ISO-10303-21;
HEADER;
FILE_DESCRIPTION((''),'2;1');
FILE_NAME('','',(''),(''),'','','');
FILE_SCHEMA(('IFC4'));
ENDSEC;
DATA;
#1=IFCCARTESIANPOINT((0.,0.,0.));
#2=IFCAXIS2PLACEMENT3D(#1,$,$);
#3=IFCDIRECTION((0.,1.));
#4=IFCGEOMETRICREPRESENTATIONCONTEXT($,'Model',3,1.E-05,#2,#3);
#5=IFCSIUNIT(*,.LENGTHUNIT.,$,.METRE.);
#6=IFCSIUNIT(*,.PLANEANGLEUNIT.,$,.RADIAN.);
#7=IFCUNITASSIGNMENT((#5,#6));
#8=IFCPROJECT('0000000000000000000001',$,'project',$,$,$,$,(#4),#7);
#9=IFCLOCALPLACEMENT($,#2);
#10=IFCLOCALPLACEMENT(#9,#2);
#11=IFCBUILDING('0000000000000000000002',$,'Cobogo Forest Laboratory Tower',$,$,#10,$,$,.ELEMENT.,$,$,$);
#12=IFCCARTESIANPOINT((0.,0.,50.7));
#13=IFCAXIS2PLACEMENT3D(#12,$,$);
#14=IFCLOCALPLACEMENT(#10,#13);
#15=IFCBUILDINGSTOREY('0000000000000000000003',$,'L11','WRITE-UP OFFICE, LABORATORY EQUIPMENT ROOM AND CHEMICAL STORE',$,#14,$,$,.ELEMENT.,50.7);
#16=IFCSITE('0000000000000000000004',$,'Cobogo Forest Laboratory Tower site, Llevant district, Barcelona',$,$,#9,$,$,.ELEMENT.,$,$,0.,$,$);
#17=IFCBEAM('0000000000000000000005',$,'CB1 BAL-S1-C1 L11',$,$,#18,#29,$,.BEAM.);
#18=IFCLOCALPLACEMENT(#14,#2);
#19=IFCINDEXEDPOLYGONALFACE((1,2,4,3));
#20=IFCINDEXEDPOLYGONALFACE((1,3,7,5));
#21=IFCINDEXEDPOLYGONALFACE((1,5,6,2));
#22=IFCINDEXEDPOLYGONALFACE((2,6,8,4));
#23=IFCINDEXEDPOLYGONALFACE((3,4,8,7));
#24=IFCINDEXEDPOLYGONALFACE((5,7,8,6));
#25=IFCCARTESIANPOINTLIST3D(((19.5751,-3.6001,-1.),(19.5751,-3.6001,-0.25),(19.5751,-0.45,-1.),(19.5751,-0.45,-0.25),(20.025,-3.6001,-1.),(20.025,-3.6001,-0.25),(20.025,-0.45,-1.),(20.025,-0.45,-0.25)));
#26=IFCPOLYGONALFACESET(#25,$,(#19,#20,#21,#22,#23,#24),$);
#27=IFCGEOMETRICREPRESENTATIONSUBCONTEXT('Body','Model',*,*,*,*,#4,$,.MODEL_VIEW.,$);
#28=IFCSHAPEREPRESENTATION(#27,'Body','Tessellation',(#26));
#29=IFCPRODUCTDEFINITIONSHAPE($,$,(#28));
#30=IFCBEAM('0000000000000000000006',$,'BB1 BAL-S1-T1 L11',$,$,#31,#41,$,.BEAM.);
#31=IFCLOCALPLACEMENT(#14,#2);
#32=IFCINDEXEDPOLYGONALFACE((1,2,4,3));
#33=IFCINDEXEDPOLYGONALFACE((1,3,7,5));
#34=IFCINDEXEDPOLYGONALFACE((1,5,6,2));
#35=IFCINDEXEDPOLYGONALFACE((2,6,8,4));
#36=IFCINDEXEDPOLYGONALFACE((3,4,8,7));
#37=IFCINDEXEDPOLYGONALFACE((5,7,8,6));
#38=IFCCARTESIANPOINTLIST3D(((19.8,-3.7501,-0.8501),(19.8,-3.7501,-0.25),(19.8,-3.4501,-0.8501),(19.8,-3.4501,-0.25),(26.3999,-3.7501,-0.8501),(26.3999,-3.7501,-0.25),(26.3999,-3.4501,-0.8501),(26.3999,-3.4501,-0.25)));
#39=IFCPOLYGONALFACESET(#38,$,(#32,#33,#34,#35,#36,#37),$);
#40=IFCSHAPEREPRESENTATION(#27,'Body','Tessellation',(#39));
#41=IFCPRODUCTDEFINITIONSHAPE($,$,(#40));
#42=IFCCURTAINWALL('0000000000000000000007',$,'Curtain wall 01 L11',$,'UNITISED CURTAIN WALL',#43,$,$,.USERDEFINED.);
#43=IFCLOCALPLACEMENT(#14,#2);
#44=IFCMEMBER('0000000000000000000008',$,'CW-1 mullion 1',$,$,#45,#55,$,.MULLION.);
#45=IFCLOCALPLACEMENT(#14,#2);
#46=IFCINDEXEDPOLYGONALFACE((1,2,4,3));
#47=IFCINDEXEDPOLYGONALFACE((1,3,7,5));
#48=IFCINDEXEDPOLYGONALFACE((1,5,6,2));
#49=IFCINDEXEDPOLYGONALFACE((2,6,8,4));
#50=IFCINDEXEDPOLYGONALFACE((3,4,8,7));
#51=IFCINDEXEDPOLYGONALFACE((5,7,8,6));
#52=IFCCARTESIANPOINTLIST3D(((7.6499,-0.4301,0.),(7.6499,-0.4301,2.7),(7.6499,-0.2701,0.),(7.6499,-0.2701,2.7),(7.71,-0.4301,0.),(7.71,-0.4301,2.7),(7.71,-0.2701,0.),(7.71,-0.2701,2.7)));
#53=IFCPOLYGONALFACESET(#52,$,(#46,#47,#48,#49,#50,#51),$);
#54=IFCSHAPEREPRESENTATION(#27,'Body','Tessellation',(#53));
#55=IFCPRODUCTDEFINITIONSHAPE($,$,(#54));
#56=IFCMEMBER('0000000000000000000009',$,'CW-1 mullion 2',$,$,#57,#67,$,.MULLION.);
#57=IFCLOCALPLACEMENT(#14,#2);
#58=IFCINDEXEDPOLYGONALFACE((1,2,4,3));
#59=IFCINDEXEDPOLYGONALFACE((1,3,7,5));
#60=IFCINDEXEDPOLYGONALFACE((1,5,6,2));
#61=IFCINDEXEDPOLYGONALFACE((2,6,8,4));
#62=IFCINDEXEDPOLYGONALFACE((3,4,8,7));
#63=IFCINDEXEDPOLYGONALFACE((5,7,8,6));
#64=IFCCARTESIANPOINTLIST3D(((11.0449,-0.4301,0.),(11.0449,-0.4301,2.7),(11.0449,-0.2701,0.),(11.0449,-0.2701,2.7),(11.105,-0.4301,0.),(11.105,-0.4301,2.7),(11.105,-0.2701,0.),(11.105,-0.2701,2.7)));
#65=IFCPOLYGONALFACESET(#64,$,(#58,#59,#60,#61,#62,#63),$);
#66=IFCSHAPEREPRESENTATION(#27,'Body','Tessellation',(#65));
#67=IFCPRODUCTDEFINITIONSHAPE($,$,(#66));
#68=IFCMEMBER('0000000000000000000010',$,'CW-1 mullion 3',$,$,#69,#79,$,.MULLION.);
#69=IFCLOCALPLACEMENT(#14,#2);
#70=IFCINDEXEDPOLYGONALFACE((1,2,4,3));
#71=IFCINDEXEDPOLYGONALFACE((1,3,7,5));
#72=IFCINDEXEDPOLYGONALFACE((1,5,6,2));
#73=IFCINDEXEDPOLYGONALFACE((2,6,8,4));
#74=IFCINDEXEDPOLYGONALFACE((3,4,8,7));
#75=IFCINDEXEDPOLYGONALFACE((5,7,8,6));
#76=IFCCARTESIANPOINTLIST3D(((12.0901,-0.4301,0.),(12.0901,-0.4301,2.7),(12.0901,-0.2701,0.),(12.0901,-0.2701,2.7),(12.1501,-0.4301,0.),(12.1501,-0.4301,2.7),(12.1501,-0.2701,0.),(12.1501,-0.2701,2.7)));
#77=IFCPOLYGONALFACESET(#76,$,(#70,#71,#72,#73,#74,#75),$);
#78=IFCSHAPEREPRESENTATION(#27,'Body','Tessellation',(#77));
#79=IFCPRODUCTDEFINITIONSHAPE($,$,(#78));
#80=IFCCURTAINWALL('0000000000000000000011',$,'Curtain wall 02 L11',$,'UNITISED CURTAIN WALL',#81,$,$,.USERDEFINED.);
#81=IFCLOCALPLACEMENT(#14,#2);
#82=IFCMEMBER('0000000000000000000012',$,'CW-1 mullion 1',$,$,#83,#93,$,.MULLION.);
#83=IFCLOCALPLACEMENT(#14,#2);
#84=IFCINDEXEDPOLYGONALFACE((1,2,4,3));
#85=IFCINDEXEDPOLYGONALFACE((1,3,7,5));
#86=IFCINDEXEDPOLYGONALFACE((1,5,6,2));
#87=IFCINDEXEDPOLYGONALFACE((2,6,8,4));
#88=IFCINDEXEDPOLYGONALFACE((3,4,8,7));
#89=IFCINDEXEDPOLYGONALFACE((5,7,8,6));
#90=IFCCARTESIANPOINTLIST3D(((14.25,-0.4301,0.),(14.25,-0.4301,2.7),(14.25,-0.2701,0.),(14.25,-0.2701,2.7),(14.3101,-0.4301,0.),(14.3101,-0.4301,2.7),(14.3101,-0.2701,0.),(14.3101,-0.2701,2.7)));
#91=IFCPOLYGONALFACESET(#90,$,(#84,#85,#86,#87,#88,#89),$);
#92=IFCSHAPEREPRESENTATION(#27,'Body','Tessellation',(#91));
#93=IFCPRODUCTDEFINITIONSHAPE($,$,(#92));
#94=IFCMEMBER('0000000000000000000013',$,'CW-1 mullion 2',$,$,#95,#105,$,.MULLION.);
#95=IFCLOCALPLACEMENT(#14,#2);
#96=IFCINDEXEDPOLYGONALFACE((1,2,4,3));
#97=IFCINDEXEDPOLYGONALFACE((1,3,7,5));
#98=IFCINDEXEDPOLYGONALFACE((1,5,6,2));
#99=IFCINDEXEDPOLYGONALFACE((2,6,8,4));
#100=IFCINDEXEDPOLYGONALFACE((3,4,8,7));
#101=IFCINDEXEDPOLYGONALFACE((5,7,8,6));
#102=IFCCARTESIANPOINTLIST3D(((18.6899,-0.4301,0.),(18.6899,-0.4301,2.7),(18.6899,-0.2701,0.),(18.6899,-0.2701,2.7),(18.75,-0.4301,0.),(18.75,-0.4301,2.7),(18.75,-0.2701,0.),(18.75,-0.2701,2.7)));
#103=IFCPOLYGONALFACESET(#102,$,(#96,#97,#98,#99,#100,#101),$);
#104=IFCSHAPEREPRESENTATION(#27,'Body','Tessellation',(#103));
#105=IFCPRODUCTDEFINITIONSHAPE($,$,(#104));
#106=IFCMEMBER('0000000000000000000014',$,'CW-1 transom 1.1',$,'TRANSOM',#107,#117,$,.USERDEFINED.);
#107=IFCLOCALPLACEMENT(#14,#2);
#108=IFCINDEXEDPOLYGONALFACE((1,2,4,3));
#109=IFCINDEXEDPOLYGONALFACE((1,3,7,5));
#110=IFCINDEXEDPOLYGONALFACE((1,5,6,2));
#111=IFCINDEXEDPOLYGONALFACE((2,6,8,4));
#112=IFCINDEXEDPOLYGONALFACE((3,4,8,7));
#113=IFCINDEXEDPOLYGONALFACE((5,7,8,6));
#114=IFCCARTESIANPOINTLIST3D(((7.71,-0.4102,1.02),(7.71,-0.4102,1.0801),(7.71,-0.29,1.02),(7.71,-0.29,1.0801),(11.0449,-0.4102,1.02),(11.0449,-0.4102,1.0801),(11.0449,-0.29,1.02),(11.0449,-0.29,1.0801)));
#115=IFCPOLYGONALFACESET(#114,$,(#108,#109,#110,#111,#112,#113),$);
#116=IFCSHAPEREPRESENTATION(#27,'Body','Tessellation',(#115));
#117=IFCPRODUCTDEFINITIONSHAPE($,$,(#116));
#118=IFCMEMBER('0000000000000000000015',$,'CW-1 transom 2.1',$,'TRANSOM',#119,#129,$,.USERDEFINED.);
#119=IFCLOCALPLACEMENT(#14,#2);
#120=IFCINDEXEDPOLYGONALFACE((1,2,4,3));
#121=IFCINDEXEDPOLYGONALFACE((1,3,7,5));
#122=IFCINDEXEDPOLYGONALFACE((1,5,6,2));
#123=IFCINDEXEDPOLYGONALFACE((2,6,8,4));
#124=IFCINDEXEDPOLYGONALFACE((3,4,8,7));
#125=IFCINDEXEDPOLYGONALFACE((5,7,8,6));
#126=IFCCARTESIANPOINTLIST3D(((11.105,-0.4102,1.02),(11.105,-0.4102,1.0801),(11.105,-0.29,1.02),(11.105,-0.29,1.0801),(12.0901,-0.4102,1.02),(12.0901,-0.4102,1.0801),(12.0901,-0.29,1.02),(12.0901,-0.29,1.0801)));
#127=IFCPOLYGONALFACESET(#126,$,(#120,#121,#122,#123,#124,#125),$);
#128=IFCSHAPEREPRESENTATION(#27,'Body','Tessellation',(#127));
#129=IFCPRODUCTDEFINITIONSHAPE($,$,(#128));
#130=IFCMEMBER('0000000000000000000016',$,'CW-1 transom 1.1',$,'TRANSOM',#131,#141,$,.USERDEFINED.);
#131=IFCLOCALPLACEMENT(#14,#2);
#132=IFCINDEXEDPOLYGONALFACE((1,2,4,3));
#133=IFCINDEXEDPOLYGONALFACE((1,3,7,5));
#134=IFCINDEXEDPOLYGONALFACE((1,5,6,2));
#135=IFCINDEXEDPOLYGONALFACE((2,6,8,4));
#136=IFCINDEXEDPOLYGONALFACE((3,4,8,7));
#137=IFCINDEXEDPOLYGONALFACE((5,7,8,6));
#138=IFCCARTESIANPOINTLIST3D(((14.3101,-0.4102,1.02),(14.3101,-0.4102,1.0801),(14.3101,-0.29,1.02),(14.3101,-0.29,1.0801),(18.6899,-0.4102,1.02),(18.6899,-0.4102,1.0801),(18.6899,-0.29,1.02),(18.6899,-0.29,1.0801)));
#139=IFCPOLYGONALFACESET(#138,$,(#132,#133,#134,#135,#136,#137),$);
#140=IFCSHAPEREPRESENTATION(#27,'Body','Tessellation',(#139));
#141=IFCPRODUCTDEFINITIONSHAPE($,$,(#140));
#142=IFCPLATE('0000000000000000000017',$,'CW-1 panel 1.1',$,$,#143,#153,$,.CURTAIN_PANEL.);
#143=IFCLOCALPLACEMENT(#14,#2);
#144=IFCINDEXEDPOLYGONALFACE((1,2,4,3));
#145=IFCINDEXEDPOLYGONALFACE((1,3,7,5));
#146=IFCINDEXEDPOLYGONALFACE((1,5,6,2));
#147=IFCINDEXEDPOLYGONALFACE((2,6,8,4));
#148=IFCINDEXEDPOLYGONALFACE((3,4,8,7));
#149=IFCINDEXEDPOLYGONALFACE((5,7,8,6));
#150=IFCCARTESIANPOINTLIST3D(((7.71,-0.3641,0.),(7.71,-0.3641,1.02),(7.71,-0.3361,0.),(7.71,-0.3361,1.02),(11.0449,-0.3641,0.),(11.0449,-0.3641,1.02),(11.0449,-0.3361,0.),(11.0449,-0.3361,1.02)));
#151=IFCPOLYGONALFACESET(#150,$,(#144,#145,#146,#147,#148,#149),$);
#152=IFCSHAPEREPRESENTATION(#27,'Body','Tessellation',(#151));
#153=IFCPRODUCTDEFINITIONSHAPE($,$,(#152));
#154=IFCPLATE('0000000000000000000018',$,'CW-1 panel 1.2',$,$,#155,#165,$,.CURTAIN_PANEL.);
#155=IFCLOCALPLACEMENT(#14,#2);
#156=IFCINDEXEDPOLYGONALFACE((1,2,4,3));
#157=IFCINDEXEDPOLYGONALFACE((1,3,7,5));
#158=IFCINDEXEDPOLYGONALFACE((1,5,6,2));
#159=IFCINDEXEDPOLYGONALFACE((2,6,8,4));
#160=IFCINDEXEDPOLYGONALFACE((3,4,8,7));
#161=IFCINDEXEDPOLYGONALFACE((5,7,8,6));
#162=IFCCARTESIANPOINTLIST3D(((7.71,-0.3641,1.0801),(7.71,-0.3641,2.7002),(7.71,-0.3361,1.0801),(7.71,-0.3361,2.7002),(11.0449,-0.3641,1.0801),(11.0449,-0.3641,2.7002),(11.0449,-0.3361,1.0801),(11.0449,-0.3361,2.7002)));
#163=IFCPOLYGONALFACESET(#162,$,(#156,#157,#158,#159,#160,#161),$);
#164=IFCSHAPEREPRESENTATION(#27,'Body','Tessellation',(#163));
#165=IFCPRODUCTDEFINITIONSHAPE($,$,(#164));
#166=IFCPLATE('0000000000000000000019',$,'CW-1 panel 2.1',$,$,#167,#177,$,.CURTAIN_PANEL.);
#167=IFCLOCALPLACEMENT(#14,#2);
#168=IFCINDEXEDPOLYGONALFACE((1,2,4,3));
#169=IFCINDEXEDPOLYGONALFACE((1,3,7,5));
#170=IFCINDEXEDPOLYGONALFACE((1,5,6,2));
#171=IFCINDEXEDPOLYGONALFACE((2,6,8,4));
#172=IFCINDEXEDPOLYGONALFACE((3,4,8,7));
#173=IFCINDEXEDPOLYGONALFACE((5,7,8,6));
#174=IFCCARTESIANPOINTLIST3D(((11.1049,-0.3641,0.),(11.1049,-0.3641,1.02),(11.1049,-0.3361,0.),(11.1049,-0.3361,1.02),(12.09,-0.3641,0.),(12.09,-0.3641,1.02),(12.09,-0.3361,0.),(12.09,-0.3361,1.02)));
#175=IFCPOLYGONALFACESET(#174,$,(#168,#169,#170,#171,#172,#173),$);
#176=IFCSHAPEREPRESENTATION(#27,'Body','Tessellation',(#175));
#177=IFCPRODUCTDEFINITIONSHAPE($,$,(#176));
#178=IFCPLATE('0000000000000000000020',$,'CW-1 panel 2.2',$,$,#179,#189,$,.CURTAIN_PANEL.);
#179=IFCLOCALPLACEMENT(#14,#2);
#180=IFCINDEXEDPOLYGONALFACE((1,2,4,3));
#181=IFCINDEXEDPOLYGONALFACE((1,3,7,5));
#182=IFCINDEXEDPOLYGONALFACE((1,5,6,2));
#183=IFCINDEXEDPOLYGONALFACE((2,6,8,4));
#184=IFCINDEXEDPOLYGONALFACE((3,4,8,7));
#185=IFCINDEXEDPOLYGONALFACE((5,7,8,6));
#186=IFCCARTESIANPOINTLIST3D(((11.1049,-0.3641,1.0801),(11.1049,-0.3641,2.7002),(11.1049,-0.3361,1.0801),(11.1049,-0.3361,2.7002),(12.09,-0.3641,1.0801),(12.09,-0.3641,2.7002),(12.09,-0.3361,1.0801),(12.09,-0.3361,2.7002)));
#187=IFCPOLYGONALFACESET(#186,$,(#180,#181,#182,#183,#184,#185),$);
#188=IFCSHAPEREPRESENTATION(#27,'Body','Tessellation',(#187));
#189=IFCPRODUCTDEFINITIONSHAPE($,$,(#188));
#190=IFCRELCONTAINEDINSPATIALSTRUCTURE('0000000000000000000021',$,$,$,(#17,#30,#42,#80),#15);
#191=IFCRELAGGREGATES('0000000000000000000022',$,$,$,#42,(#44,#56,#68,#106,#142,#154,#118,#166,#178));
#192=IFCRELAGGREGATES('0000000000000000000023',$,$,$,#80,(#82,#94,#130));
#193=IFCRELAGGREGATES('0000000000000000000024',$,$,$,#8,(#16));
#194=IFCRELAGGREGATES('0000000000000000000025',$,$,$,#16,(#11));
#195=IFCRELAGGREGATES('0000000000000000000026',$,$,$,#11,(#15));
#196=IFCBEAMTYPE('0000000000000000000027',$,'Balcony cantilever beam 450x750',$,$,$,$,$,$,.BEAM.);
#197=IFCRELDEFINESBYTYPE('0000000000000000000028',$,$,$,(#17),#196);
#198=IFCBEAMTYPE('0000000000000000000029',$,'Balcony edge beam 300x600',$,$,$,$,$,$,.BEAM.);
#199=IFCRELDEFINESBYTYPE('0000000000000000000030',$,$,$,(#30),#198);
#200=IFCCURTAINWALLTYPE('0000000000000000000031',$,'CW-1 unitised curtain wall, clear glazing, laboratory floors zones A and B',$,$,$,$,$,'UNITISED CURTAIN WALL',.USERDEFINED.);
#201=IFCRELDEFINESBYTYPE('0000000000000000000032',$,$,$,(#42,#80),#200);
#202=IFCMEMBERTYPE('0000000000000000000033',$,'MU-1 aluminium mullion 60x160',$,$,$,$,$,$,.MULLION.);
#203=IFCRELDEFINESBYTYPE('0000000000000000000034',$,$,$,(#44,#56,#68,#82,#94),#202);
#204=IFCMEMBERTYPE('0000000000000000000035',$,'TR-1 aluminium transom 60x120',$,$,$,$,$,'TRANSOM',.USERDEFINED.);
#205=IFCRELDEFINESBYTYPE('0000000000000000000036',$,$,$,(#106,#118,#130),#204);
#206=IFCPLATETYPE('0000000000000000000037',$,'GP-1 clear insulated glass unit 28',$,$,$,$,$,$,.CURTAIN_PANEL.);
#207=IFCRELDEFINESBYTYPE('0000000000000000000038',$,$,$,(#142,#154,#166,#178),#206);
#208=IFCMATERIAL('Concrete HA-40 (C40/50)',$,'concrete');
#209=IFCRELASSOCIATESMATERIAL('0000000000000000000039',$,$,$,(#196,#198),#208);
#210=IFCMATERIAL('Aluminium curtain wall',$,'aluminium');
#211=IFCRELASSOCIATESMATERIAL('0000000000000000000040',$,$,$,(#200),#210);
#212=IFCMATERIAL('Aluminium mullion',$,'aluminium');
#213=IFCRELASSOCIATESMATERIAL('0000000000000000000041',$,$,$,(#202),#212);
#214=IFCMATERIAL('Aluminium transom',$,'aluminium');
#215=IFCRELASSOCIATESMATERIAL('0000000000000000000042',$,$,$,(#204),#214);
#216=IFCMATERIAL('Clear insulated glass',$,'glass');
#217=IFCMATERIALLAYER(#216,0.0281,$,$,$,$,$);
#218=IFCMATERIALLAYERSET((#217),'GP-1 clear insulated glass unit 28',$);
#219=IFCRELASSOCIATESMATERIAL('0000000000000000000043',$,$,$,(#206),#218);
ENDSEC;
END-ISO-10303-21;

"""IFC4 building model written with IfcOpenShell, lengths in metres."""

from ifc_helpers import new_model, si_unit, direction, frame, origin, origin_2d, place, context, subcontext, project, spatial, rectangle, extrude, material, layer, layer_set, material_profile, profile_set, type_object, element, aggregate, save


model = new_model("IFC4")

# Units and contexts
model_context = context("Model", 3, precision=1e-05, world=origin(), true_north=direction((0.0, 1.0)))
body_context = subcontext(model_context, "Body", "Model", "MODEL_VIEW")
ifc_project = project(units=[si_unit("LENGTHUNIT", "METRE"), si_unit("PLANEANGLEUNIT", "RADIAN")], contexts=[model_context])

# Site, building, storey
site_placement = place(None, origin())
site = spatial("IfcSite", under=ifc_project, at=site_placement, Name="Cobogo Forest Laboratory Tower site, Llevant district, Barcelona", CompositionType="ELEMENT", RefElevation=0.0)
building_placement = place(site_placement, origin())
building = spatial("IfcBuilding", under=site, at=building_placement, Name="Cobogo Forest Laboratory Tower", CompositionType="ELEMENT")
storey_placement = place(building_placement, frame((0.0, 0.0, 50.7)))
storey = spatial("IfcBuildingStorey", under=building, at=storey_placement, Name="L11", Description="WRITE-UP OFFICE, LABORATORY EQUIPMENT ROOM AND CHEMICAL STORE", CompositionType="ELEMENT", Elevation=50.7)

# Beams
ifc_material_1 = material(Name="Concrete HA-40 (C40/50)", Category="concrete")
ifc_material_profile_1 = material_profile(ifc_material_1, rectangle(XDim=0.45, YDim=0.75, at=origin_2d()), Name="RC 450x750")
ifc_profile_set_1 = profile_set([ifc_material_profile_1], Name="Concrete HA-40 (C40/50)")
beam_type_1 = type_object("IfcBeamType", Name="Balcony cantilever beam 450x750", PredefinedType="BEAM", material=ifc_profile_set_1)
beam_1_placement = place(storey_placement, frame((19.8, -0.45, -0.625), z_axis=(0.0, -1.0, 0.0), x_axis=(1.0, 0.0, 0.0)))
element("IfcBeam", 1, at=beam_1_placement, inside=storey, type_object=beam_type_1, Name="CB1 BAL-S1-C1 L11", PredefinedType="BEAM", context=body_context, shape_type="SweptSolid", body=[
    extrude(rectangle(XDim=0.45, YDim=0.75, at=origin_2d()), origin(), (0.0, 0.0, 1.0), 3.1501),
])
ifc_material_profile_2 = material_profile(ifc_material_1, rectangle(XDim=0.3, YDim=0.6001, at=origin_2d()), Name="RC 300x600")
ifc_profile_set_2 = profile_set([ifc_material_profile_2], Name="Concrete HA-40 (C40/50)")
beam_type_2 = type_object("IfcBeamType", Name="Balcony edge beam 300x600", PredefinedType="BEAM", material=ifc_profile_set_2)
beam_2_placement = place(storey_placement, frame((19.8, -3.6001, -0.55), z_axis=(1.0, 0.0, 0.0), x_axis=(0.0, 1.0, 0.0)))
element("IfcBeam", 2, at=beam_2_placement, inside=storey, type_object=beam_type_2, Name="BB1 BAL-S1-T1 L11", PredefinedType="BEAM", context=body_context, shape_type="SweptSolid", body=[
    extrude(rectangle(XDim=0.3, YDim=0.6001, at=origin_2d()), origin(), (0.0, 0.0, 1.0), 6.5999),
])

# Curtain walls, members
ifc_material_2 = material(Name="Aluminium curtain wall", Category="aluminium")
curtain_wall_type = type_object("IfcCurtainWallType", Name="CW-1 unitised curtain wall, clear glazing, laboratory floors zones A and B", ElementType="UNITISED CURTAIN WALL", PredefinedType="USERDEFINED", material=ifc_material_2)
curtain_wall_1_placement = place(storey_placement, origin())
curtain_wall_1 = element("IfcCurtainWall", 3, at=curtain_wall_1_placement, inside=storey, type_object=curtain_wall_type, Name="Curtain wall 01 L11", ObjectType="UNITISED CURTAIN WALL", PredefinedType="USERDEFINED")
ifc_material_3 = material(Name="Aluminium mullion", Category="aluminium")
ifc_material_profile_3 = material_profile(ifc_material_3, rectangle(XDim=0.0601, YDim=0.1599, at=origin_2d()), Name="AL 60x160")
ifc_profile_set_3 = profile_set([ifc_material_profile_3], Name="Aluminium mullion")
member_type_1 = type_object("IfcMemberType", Name="MU-1 aluminium mullion 60x160", PredefinedType="MULLION", material=ifc_profile_set_3)
member_1_placement = place(storey_placement, frame((7.6799, -0.3501, 0.0), z_axis=(0.0, 0.0, 1.0), x_axis=(1.0, 0.0, 0.0)))
member_1 = element("IfcMember", 4, at=member_1_placement, type_object=member_type_1, Name="CW-1 mullion 1", PredefinedType="MULLION", context=body_context, shape_type="SweptSolid", body=[
    extrude(rectangle(XDim=0.0601, YDim=0.1599, at=origin_2d()), origin(), (0.0, 0.0, 1.0), 2.7),
])
member_2_placement = place(storey_placement, frame((11.075, -0.3501, 0.0), z_axis=(0.0, 0.0, 1.0), x_axis=(1.0, 0.0, 0.0)))
member_2 = element("IfcMember", 5, at=member_2_placement, type_object=member_type_1, Name="CW-1 mullion 2", PredefinedType="MULLION", context=body_context, shape_type="SweptSolid", body=[
    extrude(rectangle(XDim=0.0601, YDim=0.1599, at=origin_2d()), origin(), (0.0, 0.0, 1.0), 2.7),
])
member_3_placement = place(storey_placement, frame((12.1201, -0.3501, 0.0), z_axis=(0.0, 0.0, 1.0), x_axis=(1.0, 0.0, 0.0)))
member_3 = element("IfcMember", 6, at=member_3_placement, type_object=member_type_1, Name="CW-1 mullion 3", PredefinedType="MULLION", context=body_context, shape_type="SweptSolid", body=[
    extrude(rectangle(XDim=0.0601, YDim=0.1599, at=origin_2d()), origin(), (0.0, 0.0, 1.0), 2.7),
])
curtain_wall_2_placement = place(storey_placement, origin())
curtain_wall_2 = element("IfcCurtainWall", 7, at=curtain_wall_2_placement, inside=storey, type_object=curtain_wall_type, Name="Curtain wall 02 L11", ObjectType="UNITISED CURTAIN WALL", PredefinedType="USERDEFINED")
member_4_placement = place(storey_placement, frame((14.28, -0.3501, 0.0), z_axis=(0.0, 0.0, 1.0), x_axis=(1.0, 0.0, 0.0)))
member_4 = element("IfcMember", 8, at=member_4_placement, type_object=member_type_1, Name="CW-1 mullion 1", PredefinedType="MULLION", context=body_context, shape_type="SweptSolid", body=[
    extrude(rectangle(XDim=0.0601, YDim=0.1599, at=origin_2d()), origin(), (0.0, 0.0, 1.0), 2.7),
])
member_5_placement = place(storey_placement, frame((18.72, -0.3501, 0.0), z_axis=(0.0, 0.0, 1.0), x_axis=(1.0, 0.0, 0.0)))
member_5 = element("IfcMember", 9, at=member_5_placement, type_object=member_type_1, Name="CW-1 mullion 2", PredefinedType="MULLION", context=body_context, shape_type="SweptSolid", body=[
    extrude(rectangle(XDim=0.0601, YDim=0.1599, at=origin_2d()), origin(), (0.0, 0.0, 1.0), 2.7),
])

# Members
ifc_material_4 = material(Name="Aluminium transom", Category="aluminium")
ifc_material_profile_4 = material_profile(ifc_material_4, rectangle(XDim=0.1201, YDim=0.0601, at=origin_2d()), Name="AL 60x120")
ifc_profile_set_4 = profile_set([ifc_material_profile_4], Name="Aluminium transom")
member_type_2 = type_object("IfcMemberType", Name="TR-1 aluminium transom 60x120", ElementType="TRANSOM", PredefinedType="USERDEFINED", material=ifc_profile_set_4)
member_6_placement = place(storey_placement, frame((7.71, -0.3501, 1.05), z_axis=(1.0, 0.0, 0.0), x_axis=(0.0, 1.0, 0.0)))
member_6 = element("IfcMember", 10, at=member_6_placement, type_object=member_type_2, Name="CW-1 transom 1.1", ObjectType="TRANSOM", PredefinedType="USERDEFINED", context=body_context, shape_type="SweptSolid", body=[
    extrude(rectangle(XDim=0.1201, YDim=0.0601, at=origin_2d()), origin(), (0.0, 0.0, 1.0), 3.335),
])
member_7_placement = place(storey_placement, frame((11.105, -0.3501, 1.05), z_axis=(1.0, 0.0, 0.0), x_axis=(0.0, 1.0, 0.0)))
member_7 = element("IfcMember", 11, at=member_7_placement, type_object=member_type_2, Name="CW-1 transom 2.1", ObjectType="TRANSOM", PredefinedType="USERDEFINED", context=body_context, shape_type="SweptSolid", body=[
    extrude(rectangle(XDim=0.1201, YDim=0.0601, at=origin_2d()), origin(), (0.0, 0.0, 1.0), 0.9851),
])
member_8_placement = place(storey_placement, frame((14.3101, -0.3501, 1.05), z_axis=(1.0, 0.0, 0.0), x_axis=(0.0, 1.0, 0.0)))
member_8 = element("IfcMember", 12, at=member_8_placement, type_object=member_type_2, Name="CW-1 transom 1.1", ObjectType="TRANSOM", PredefinedType="USERDEFINED", context=body_context, shape_type="SweptSolid", body=[
    extrude(rectangle(XDim=0.1201, YDim=0.0601, at=origin_2d()), origin(), (0.0, 0.0, 1.0), 4.3799),
])

# Plates
ifc_material_5 = material(Name="Clear insulated glass", Category="glass")
ifc_layer = layer(ifc_material_5, 0.0281)
ifc_layer_set = layer_set([ifc_layer], Name="GP-1 clear insulated glass unit 28")
plate_type_1 = type_object("IfcPlateType", Name="GP-1 clear insulated glass unit 28", PredefinedType="CURTAIN_PANEL", material=ifc_layer_set)
plate_1_placement = place(storey_placement, frame((9.3774, -0.3501, 0.0), z_axis=(0.0, 0.0, 1.0), x_axis=(1.0, 0.0, 0.0)))
plate_1 = element("IfcPlate", 13, at=plate_1_placement, type_object=plate_type_1, Name="CW-1 panel 1.1", PredefinedType="CURTAIN_PANEL", context=body_context, shape_type="SweptSolid", body=[
    extrude(rectangle(XDim=3.335, YDim=0.0281, at=origin_2d()), origin(), (0.0, 0.0, 1.0), 1.02),
])
plate_2_placement = place(storey_placement, frame((9.3774, -0.3501, 1.0801), z_axis=(0.0, 0.0, 1.0), x_axis=(1.0, 0.0, 0.0)))
plate_2 = element("IfcPlate", 14, at=plate_2_placement, type_object=plate_type_1, Name="CW-1 panel 1.2", PredefinedType="CURTAIN_PANEL", context=body_context, shape_type="SweptSolid", body=[
    extrude(rectangle(XDim=3.335, YDim=0.0281, at=origin_2d()), origin(), (0.0, 0.0, 1.0), 1.6201),
])
plate_3_placement = place(storey_placement, frame((11.5974, -0.3501, 0.0), z_axis=(0.0, 0.0, 1.0), x_axis=(1.0, 0.0, 0.0)))
plate_3 = element("IfcPlate", 15, at=plate_3_placement, type_object=plate_type_1, Name="CW-1 panel 2.1", PredefinedType="CURTAIN_PANEL", context=body_context, shape_type="SweptSolid", body=[
    extrude(rectangle(XDim=0.9851, YDim=0.0281, at=origin_2d()), origin(), (0.0, 0.0, 1.0), 1.02),
])
plate_4_placement = place(storey_placement, frame((11.5974, -0.3501, 1.0801), z_axis=(0.0, 0.0, 1.0), x_axis=(1.0, 0.0, 0.0)))
plate_4 = element("IfcPlate", 16, at=plate_4_placement, type_object=plate_type_1, Name="CW-1 panel 2.2", PredefinedType="CURTAIN_PANEL", context=body_context, shape_type="SweptSolid", body=[
    extrude(rectangle(XDim=0.9851, YDim=0.0281, at=origin_2d()), origin(), (0.0, 0.0, 1.0), 1.6201),
])
aggregate(curtain_wall_1, [member_1, member_2, member_3, member_6, plate_1, plate_2, member_7, plate_3, plate_4])
aggregate(curtain_wall_2, [member_4, member_5, member_8])

save(model, "model.ifc")
